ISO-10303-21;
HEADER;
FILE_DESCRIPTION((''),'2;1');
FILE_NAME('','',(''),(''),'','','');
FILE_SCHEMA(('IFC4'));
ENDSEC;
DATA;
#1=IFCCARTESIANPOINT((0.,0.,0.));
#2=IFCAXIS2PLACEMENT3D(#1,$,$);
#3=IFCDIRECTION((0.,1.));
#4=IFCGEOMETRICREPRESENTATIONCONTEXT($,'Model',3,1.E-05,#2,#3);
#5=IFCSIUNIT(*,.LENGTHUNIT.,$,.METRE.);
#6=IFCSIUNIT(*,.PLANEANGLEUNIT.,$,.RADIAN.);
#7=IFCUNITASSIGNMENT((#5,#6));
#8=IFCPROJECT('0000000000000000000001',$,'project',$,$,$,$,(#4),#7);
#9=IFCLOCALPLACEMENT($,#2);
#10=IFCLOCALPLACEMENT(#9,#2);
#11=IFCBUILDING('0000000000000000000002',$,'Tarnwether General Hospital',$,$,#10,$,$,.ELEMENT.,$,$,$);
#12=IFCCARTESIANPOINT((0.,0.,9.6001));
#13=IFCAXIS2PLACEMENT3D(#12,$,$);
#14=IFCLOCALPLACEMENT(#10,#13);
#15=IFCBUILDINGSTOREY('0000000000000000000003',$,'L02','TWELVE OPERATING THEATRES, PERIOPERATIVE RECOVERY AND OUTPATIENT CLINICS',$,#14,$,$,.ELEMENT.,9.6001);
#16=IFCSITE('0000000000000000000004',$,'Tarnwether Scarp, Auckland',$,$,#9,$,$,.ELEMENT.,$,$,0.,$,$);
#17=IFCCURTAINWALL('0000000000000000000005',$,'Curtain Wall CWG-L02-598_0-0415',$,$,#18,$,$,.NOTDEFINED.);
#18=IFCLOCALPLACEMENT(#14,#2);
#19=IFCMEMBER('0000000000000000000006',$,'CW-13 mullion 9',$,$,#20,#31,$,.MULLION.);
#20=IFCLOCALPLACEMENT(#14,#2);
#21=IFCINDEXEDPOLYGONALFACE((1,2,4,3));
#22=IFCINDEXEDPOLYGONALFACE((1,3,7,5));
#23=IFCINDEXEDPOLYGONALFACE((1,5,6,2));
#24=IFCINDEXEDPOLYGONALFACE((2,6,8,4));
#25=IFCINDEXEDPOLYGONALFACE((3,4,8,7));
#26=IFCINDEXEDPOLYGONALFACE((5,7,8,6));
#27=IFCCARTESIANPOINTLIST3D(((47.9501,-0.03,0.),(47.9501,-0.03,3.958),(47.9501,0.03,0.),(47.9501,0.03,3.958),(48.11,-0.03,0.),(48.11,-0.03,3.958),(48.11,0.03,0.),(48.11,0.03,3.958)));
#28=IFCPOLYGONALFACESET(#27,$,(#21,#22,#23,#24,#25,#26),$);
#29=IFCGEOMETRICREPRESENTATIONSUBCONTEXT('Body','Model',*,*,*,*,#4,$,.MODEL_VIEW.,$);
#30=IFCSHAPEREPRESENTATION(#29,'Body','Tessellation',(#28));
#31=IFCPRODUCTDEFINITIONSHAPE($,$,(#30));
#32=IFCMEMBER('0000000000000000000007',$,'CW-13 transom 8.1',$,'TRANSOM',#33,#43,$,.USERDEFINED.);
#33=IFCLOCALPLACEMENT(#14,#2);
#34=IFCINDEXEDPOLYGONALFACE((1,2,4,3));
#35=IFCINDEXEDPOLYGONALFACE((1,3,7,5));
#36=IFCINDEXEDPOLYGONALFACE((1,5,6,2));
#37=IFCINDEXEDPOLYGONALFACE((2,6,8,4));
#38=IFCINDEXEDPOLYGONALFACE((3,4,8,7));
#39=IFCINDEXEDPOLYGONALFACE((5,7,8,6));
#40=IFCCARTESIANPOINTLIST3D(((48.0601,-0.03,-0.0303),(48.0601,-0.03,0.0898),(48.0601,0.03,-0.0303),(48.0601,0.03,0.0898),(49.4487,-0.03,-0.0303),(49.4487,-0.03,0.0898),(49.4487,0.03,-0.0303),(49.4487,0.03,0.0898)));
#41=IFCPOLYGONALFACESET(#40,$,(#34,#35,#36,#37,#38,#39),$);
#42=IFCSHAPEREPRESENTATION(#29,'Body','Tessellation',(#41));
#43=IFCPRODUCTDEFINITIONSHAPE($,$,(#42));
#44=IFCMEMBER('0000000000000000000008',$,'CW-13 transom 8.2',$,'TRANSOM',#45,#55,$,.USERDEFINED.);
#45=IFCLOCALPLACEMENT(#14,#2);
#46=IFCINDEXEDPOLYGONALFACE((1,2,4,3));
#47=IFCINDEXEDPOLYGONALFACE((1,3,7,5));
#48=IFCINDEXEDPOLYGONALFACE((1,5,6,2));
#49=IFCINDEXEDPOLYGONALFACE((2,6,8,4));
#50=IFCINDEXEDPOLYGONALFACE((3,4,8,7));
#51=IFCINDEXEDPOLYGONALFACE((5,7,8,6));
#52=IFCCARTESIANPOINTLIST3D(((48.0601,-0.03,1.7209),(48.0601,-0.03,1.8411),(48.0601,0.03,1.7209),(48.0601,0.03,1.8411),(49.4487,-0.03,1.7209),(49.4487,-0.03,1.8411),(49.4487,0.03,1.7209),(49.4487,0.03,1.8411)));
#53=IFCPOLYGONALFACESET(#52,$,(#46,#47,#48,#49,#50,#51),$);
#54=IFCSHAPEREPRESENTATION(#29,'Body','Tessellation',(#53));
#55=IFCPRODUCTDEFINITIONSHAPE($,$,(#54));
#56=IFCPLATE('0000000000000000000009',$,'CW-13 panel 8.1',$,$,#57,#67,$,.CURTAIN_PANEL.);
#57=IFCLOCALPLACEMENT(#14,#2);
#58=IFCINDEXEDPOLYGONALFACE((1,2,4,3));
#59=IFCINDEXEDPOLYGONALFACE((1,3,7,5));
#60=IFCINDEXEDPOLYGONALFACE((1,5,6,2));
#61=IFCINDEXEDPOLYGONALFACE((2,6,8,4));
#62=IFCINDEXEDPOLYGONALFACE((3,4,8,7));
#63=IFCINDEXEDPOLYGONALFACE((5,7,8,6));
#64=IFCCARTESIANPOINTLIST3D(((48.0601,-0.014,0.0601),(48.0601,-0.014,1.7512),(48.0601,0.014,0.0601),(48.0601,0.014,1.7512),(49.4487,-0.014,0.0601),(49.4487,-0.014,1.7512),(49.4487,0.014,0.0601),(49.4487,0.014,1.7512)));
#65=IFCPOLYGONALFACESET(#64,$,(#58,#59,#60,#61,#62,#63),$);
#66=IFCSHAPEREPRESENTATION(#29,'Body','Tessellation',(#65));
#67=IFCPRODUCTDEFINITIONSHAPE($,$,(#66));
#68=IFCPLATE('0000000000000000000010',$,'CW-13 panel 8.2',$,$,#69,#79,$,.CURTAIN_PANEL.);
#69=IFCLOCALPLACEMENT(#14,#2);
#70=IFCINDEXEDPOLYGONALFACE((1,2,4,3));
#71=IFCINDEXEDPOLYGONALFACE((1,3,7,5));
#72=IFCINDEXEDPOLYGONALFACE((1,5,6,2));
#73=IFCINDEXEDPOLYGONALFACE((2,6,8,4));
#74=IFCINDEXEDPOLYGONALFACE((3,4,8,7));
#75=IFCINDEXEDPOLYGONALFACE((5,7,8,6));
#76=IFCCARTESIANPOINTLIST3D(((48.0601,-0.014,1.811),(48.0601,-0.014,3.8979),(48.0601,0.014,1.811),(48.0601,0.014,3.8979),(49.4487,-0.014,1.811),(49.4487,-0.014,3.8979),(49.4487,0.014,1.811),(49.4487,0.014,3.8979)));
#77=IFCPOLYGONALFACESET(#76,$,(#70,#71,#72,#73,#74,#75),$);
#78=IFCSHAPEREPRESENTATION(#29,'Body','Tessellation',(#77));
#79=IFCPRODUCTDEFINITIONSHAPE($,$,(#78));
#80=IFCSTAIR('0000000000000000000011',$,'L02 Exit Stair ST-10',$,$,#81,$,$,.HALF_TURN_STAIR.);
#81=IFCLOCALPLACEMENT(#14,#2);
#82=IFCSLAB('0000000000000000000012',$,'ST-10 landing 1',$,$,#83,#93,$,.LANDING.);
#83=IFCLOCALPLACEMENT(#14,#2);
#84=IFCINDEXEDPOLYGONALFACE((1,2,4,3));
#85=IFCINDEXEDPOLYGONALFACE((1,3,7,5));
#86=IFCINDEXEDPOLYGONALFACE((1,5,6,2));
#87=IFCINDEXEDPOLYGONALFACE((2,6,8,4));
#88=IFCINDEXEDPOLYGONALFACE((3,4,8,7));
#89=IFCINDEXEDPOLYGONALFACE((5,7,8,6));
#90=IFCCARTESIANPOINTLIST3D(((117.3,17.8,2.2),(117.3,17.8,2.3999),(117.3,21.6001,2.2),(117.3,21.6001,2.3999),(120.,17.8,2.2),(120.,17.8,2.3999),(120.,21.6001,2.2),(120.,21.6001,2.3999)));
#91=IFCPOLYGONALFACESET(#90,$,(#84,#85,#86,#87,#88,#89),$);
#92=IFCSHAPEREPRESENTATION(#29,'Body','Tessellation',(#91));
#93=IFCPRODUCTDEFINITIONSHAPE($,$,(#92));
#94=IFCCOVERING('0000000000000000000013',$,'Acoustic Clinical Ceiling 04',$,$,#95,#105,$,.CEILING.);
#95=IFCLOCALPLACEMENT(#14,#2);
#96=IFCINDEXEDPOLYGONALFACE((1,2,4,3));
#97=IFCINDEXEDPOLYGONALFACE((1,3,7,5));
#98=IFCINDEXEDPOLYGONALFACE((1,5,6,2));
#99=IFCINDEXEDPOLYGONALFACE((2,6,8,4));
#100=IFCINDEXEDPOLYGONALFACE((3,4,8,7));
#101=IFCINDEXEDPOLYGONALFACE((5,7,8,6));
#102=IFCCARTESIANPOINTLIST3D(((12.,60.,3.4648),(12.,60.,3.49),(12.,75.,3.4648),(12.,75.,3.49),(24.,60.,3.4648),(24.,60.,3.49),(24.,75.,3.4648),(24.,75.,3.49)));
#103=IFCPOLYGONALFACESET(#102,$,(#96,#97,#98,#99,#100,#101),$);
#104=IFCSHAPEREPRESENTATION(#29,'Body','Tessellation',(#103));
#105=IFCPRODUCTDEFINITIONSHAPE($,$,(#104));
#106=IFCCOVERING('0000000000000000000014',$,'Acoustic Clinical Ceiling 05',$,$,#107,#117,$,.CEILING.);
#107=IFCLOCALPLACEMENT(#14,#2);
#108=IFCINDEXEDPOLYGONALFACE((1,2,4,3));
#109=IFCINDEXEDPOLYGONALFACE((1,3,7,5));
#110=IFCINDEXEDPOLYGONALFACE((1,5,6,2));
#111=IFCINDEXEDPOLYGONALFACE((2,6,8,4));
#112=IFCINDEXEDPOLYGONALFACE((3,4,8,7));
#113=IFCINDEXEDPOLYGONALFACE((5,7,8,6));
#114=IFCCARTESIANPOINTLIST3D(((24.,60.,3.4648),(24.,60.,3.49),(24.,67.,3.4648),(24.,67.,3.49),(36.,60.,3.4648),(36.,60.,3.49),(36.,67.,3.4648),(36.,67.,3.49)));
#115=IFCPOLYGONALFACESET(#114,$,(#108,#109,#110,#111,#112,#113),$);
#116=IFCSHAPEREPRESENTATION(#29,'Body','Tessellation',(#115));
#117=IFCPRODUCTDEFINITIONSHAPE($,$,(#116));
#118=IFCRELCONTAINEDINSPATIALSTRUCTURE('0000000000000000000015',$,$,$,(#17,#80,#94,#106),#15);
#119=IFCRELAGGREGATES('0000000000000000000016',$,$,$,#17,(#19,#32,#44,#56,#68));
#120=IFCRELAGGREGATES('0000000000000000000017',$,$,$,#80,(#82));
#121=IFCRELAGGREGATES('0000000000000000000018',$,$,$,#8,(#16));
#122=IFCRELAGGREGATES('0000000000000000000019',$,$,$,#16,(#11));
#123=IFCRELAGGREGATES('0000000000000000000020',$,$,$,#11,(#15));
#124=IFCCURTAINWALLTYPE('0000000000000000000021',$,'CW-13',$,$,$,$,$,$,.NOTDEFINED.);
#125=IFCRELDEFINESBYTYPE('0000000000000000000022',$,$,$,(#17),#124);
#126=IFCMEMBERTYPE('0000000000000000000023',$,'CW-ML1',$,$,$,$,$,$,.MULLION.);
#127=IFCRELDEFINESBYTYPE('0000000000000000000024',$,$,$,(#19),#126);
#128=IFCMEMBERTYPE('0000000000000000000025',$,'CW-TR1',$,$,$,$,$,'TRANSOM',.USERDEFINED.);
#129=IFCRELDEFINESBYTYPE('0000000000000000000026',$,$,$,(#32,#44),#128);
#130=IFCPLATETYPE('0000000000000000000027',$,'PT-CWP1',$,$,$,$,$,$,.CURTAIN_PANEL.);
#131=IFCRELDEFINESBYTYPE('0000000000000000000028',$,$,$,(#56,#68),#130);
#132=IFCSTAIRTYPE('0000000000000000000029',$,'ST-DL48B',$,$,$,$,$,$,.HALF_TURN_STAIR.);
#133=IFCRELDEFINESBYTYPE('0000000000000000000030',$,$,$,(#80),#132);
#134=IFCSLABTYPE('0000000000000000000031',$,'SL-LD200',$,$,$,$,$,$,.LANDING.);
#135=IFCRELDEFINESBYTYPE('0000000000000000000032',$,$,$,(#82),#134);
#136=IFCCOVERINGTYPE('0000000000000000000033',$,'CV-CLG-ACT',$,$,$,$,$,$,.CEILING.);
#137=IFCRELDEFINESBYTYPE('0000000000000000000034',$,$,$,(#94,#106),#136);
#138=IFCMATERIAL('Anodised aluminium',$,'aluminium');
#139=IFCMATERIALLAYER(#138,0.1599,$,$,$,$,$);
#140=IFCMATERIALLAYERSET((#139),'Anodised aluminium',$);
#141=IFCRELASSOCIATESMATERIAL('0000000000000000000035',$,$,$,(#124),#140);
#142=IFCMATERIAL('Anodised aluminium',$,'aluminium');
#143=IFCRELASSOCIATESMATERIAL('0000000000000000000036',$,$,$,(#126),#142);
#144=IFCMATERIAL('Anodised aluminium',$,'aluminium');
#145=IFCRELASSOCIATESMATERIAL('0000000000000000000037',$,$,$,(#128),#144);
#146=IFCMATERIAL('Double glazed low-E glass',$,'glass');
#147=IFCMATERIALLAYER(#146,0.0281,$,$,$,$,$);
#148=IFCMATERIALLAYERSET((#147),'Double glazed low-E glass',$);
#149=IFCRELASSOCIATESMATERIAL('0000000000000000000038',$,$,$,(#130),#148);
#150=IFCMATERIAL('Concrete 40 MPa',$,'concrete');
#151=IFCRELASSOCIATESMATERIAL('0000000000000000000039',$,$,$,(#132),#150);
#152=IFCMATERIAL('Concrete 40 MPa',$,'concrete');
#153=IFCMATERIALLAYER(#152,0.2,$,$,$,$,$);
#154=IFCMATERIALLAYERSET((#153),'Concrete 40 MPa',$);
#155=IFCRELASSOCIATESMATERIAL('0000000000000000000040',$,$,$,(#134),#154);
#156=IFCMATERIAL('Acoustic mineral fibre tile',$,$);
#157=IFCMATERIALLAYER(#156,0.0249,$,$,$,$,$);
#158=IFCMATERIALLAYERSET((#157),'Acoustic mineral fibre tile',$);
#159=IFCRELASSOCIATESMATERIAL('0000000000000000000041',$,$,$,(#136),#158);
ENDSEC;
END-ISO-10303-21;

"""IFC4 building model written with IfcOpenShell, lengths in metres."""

from ifc_helpers import new_model, si_unit, direction, frame, origin, origin_2d, place, context, subcontext, project, spatial, polyline, rectangle, outline, extrude, material, layer, layer_set, material_profile, profile_set, type_object, element, aggregate, save


model = new_model("IFC4")

# Units and contexts
model_context = context("Model", 3, precision=1e-05, world=origin(), true_north=direction((0.0, 1.0)))
body_context = subcontext(model_context, "Body", "Model", "MODEL_VIEW")
ifc_project = project(units=[si_unit("LENGTHUNIT", "METRE"), si_unit("PLANEANGLEUNIT", "RADIAN")], contexts=[model_context])

# Site, building, storey
site_placement = place(None, origin())
site = spatial("IfcSite", under=ifc_project, at=site_placement, Name="Tarnwether Scarp, Auckland", CompositionType="ELEMENT", RefElevation=0.0)
building_placement = place(site_placement, origin())
building = spatial("IfcBuilding", under=site, at=building_placement, Name="Tarnwether General Hospital", CompositionType="ELEMENT")
storey_placement = place(building_placement, frame((0.0, 0.0, 9.6001)))
storey = spatial("IfcBuildingStorey", under=building, at=storey_placement, Name="L02", Description="TWELVE OPERATING THEATRES, PERIOPERATIVE RECOVERY AND OUTPATIENT CLINICS", CompositionType="ELEMENT", Elevation=9.6001)

# Curtain wall, members, plates
ifc_material_1 = material(Name="Anodised aluminium", Category="aluminium")
ifc_layer_1 = layer(ifc_material_1, 0.1599)
ifc_layer_set_1 = layer_set([ifc_layer_1], Name="Anodised aluminium")
curtain_wall_type = type_object("IfcCurtainWallType", Name="CW-13", PredefinedType="NOTDEFINED", material=ifc_layer_set_1)
curtain_wall_placement = place(storey_placement, origin())
curtain_wall = element("IfcCurtainWall", 1, at=curtain_wall_placement, inside=storey, type_object=curtain_wall_type, Name="Curtain Wall CWG-L02-598_0-0415", PredefinedType="NOTDEFINED")
ifc_material_2 = material(Name="Anodised aluminium", Category="aluminium")
ifc_material_profile_1 = material_profile(ifc_material_2, rectangle(XDim=0.0601, YDim=0.1599, at=origin_2d()), Name="ALU-MUL-60x160")
ifc_profile_set_1 = profile_set([ifc_material_profile_1], Name="Anodised aluminium")
member_type_1 = type_object("IfcMemberType", Name="CW-ML1", PredefinedType="MULLION", material=ifc_profile_set_1)
member_1_placement = place(storey_placement, frame((48.03, 0.0, 0.0), z_axis=(0.0, 0.0, 1.0), x_axis=(0.0, -1.0, 0.0)))
member_1 = element("IfcMember", 2, at=member_1_placement, type_object=member_type_1, Name="CW-13 mullion 9", PredefinedType="MULLION", context=body_context, shape_type="SweptSolid", body=[
    extrude(rectangle(XDim=0.0601, YDim=0.1599, at=origin_2d()), origin(), (0.0, 0.0, 1.0), 3.958),
])
ifc_material_3 = material(Name="Anodised aluminium", Category="aluminium")
ifc_material_profile_2 = material_profile(ifc_material_3, rectangle(XDim=0.0601, YDim=0.1201, at=origin_2d()), Name="ALU-TRN-60x120")
ifc_profile_set_2 = profile_set([ifc_material_profile_2], Name="Anodised aluminium")
member_type_2 = type_object("IfcMemberType", Name="CW-TR1", ElementType="TRANSOM", PredefinedType="USERDEFINED", material=ifc_profile_set_2)
member_2_placement = place(storey_placement, frame((49.4487, 0.0, 0.0298), z_axis=(-1.0, 0.0, 0.0), x_axis=(0.0, -1.0, 0.0)))
member_2 = element("IfcMember", 3, at=member_2_placement, type_object=member_type_2, Name="CW-13 transom 8.1", ObjectType="TRANSOM", PredefinedType="USERDEFINED", context=body_context, shape_type="SweptSolid", body=[
    extrude(rectangle(XDim=0.0601, YDim=0.1201, at=origin_2d()), origin(), (0.0, 0.0, 1.0), 1.3887),
])
member_3_placement = place(storey_placement, frame((49.4487, 0.0, 1.781), z_axis=(-1.0, 0.0, 0.0), x_axis=(0.0, -1.0, 0.0)))
member_3 = element("IfcMember", 4, at=member_3_placement, type_object=member_type_2, Name="CW-13 transom 8.2", ObjectType="TRANSOM", PredefinedType="USERDEFINED", context=body_context, shape_type="SweptSolid", body=[
    extrude(rectangle(XDim=0.0601, YDim=0.1201, at=origin_2d()), origin(), (0.0, 0.0, 1.0), 1.3887),
])
ifc_material_4 = material(Name="Double glazed low-E glass", Category="glass")
ifc_layer_2 = layer(ifc_material_4, 0.0281)
ifc_layer_set_2 = layer_set([ifc_layer_2], Name="Double glazed low-E glass")
plate_type = type_object("IfcPlateType", Name="PT-CWP1", PredefinedType="CURTAIN_PANEL", material=ifc_layer_set_2)
plate_1_placement = place(storey_placement, frame((48.7544, 0.0, 0.0601), z_axis=(0.0, 0.0, 1.0), x_axis=(-1.0, 0.0, 0.0)))
plate_1 = element("IfcPlate", 5, at=plate_1_placement, type_object=plate_type, Name="CW-13 panel 8.1", PredefinedType="CURTAIN_PANEL", context=body_context, shape_type="SweptSolid", body=[
    extrude(rectangle(XDim=1.3887, YDim=0.0281, at=origin_2d()), origin(), (0.0, 0.0, 1.0), 1.6912),
])
plate_2_placement = place(storey_placement, frame((48.7544, 0.0, 1.811), z_axis=(0.0, 0.0, 1.0), x_axis=(-1.0, 0.0, 0.0)))
plate_2 = element("IfcPlate", 6, at=plate_2_placement, type_object=plate_type, Name="CW-13 panel 8.2", PredefinedType="CURTAIN_PANEL", context=body_context, shape_type="SweptSolid", body=[
    extrude(rectangle(XDim=1.3887, YDim=0.0281, at=origin_2d()), origin(), (0.0, 0.0, 1.0), 2.0869),
])
aggregate(curtain_wall, [member_1, member_2, member_3, plate_1, plate_2])

# Stair, slab
ifc_material_5 = material(Name="Concrete 40 MPa", Category="concrete")
stair_type = type_object("IfcStairType", Name="ST-DL48B", PredefinedType="HALF_TURN_STAIR", material=ifc_material_5)
stair_placement = place(storey_placement, origin())
stair = element("IfcStair", 7, at=stair_placement, inside=storey, type_object=stair_type, Name="L02 Exit Stair ST-10", PredefinedType="HALF_TURN_STAIR")
ifc_material_6 = material(Name="Concrete 40 MPa", Category="concrete")
ifc_layer_3 = layer(ifc_material_6, 0.2)
ifc_layer_set_3 = layer_set([ifc_layer_3], Name="Concrete 40 MPa")
slab_type = type_object("IfcSlabType", Name="SL-LD200", PredefinedType="LANDING", material=ifc_layer_set_3)
slab_placement = place(storey_placement, frame((0.0, 0.0, 2.2)))
slab = element("IfcSlab", 8, at=slab_placement, type_object=slab_type, Name="ST-10 landing 1", PredefinedType="LANDING", context=body_context, shape_type="SweptSolid", body=[
    extrude(outline(polyline([(117.3, 17.8), (120.0, 17.8), (120.0, 21.6001), (117.3, 21.6001), (117.3, 17.8)])), origin(), (0.0, 0.0, 1.0), 0.2),
])
aggregate(stair, [slab])

# Coverings
ifc_material_7 = material(Name="Acoustic mineral fibre tile")
ifc_layer_4 = layer(ifc_material_7, 0.0249)
ifc_layer_set_4 = layer_set([ifc_layer_4], Name="Acoustic mineral fibre tile")
covering_type = type_object("IfcCoveringType", Name="CV-CLG-ACT", PredefinedType="CEILING", material=ifc_layer_set_4)
covering_1_placement = place(storey_placement, frame((0.0, 0.0, 3.4648)))
element("IfcCovering", 9, at=covering_1_placement, inside=storey, type_object=covering_type, Name="Acoustic Clinical Ceiling 04", PredefinedType="CEILING", context=body_context, shape_type="SweptSolid", body=[
    extrude(outline(polyline([(12.0, 60.0), (24.0, 60.0), (24.0, 75.0), (12.0, 75.0), (12.0, 60.0)])), origin(), (0.0, 0.0, 1.0), 0.0251),
])
covering_2_placement = place(storey_placement, frame((0.0, 0.0, 3.4648)))
element("IfcCovering", 10, at=covering_2_placement, inside=storey, type_object=covering_type, Name="Acoustic Clinical Ceiling 05", PredefinedType="CEILING", context=body_context, shape_type="SweptSolid", body=[
    extrude(outline(polyline([(24.0, 60.0), (36.0, 60.0), (36.0, 67.0), (24.0, 67.0), (24.0, 60.0)])), origin(), (0.0, 0.0, 1.0), 0.0251),
])

save(model, "model.ifc")
